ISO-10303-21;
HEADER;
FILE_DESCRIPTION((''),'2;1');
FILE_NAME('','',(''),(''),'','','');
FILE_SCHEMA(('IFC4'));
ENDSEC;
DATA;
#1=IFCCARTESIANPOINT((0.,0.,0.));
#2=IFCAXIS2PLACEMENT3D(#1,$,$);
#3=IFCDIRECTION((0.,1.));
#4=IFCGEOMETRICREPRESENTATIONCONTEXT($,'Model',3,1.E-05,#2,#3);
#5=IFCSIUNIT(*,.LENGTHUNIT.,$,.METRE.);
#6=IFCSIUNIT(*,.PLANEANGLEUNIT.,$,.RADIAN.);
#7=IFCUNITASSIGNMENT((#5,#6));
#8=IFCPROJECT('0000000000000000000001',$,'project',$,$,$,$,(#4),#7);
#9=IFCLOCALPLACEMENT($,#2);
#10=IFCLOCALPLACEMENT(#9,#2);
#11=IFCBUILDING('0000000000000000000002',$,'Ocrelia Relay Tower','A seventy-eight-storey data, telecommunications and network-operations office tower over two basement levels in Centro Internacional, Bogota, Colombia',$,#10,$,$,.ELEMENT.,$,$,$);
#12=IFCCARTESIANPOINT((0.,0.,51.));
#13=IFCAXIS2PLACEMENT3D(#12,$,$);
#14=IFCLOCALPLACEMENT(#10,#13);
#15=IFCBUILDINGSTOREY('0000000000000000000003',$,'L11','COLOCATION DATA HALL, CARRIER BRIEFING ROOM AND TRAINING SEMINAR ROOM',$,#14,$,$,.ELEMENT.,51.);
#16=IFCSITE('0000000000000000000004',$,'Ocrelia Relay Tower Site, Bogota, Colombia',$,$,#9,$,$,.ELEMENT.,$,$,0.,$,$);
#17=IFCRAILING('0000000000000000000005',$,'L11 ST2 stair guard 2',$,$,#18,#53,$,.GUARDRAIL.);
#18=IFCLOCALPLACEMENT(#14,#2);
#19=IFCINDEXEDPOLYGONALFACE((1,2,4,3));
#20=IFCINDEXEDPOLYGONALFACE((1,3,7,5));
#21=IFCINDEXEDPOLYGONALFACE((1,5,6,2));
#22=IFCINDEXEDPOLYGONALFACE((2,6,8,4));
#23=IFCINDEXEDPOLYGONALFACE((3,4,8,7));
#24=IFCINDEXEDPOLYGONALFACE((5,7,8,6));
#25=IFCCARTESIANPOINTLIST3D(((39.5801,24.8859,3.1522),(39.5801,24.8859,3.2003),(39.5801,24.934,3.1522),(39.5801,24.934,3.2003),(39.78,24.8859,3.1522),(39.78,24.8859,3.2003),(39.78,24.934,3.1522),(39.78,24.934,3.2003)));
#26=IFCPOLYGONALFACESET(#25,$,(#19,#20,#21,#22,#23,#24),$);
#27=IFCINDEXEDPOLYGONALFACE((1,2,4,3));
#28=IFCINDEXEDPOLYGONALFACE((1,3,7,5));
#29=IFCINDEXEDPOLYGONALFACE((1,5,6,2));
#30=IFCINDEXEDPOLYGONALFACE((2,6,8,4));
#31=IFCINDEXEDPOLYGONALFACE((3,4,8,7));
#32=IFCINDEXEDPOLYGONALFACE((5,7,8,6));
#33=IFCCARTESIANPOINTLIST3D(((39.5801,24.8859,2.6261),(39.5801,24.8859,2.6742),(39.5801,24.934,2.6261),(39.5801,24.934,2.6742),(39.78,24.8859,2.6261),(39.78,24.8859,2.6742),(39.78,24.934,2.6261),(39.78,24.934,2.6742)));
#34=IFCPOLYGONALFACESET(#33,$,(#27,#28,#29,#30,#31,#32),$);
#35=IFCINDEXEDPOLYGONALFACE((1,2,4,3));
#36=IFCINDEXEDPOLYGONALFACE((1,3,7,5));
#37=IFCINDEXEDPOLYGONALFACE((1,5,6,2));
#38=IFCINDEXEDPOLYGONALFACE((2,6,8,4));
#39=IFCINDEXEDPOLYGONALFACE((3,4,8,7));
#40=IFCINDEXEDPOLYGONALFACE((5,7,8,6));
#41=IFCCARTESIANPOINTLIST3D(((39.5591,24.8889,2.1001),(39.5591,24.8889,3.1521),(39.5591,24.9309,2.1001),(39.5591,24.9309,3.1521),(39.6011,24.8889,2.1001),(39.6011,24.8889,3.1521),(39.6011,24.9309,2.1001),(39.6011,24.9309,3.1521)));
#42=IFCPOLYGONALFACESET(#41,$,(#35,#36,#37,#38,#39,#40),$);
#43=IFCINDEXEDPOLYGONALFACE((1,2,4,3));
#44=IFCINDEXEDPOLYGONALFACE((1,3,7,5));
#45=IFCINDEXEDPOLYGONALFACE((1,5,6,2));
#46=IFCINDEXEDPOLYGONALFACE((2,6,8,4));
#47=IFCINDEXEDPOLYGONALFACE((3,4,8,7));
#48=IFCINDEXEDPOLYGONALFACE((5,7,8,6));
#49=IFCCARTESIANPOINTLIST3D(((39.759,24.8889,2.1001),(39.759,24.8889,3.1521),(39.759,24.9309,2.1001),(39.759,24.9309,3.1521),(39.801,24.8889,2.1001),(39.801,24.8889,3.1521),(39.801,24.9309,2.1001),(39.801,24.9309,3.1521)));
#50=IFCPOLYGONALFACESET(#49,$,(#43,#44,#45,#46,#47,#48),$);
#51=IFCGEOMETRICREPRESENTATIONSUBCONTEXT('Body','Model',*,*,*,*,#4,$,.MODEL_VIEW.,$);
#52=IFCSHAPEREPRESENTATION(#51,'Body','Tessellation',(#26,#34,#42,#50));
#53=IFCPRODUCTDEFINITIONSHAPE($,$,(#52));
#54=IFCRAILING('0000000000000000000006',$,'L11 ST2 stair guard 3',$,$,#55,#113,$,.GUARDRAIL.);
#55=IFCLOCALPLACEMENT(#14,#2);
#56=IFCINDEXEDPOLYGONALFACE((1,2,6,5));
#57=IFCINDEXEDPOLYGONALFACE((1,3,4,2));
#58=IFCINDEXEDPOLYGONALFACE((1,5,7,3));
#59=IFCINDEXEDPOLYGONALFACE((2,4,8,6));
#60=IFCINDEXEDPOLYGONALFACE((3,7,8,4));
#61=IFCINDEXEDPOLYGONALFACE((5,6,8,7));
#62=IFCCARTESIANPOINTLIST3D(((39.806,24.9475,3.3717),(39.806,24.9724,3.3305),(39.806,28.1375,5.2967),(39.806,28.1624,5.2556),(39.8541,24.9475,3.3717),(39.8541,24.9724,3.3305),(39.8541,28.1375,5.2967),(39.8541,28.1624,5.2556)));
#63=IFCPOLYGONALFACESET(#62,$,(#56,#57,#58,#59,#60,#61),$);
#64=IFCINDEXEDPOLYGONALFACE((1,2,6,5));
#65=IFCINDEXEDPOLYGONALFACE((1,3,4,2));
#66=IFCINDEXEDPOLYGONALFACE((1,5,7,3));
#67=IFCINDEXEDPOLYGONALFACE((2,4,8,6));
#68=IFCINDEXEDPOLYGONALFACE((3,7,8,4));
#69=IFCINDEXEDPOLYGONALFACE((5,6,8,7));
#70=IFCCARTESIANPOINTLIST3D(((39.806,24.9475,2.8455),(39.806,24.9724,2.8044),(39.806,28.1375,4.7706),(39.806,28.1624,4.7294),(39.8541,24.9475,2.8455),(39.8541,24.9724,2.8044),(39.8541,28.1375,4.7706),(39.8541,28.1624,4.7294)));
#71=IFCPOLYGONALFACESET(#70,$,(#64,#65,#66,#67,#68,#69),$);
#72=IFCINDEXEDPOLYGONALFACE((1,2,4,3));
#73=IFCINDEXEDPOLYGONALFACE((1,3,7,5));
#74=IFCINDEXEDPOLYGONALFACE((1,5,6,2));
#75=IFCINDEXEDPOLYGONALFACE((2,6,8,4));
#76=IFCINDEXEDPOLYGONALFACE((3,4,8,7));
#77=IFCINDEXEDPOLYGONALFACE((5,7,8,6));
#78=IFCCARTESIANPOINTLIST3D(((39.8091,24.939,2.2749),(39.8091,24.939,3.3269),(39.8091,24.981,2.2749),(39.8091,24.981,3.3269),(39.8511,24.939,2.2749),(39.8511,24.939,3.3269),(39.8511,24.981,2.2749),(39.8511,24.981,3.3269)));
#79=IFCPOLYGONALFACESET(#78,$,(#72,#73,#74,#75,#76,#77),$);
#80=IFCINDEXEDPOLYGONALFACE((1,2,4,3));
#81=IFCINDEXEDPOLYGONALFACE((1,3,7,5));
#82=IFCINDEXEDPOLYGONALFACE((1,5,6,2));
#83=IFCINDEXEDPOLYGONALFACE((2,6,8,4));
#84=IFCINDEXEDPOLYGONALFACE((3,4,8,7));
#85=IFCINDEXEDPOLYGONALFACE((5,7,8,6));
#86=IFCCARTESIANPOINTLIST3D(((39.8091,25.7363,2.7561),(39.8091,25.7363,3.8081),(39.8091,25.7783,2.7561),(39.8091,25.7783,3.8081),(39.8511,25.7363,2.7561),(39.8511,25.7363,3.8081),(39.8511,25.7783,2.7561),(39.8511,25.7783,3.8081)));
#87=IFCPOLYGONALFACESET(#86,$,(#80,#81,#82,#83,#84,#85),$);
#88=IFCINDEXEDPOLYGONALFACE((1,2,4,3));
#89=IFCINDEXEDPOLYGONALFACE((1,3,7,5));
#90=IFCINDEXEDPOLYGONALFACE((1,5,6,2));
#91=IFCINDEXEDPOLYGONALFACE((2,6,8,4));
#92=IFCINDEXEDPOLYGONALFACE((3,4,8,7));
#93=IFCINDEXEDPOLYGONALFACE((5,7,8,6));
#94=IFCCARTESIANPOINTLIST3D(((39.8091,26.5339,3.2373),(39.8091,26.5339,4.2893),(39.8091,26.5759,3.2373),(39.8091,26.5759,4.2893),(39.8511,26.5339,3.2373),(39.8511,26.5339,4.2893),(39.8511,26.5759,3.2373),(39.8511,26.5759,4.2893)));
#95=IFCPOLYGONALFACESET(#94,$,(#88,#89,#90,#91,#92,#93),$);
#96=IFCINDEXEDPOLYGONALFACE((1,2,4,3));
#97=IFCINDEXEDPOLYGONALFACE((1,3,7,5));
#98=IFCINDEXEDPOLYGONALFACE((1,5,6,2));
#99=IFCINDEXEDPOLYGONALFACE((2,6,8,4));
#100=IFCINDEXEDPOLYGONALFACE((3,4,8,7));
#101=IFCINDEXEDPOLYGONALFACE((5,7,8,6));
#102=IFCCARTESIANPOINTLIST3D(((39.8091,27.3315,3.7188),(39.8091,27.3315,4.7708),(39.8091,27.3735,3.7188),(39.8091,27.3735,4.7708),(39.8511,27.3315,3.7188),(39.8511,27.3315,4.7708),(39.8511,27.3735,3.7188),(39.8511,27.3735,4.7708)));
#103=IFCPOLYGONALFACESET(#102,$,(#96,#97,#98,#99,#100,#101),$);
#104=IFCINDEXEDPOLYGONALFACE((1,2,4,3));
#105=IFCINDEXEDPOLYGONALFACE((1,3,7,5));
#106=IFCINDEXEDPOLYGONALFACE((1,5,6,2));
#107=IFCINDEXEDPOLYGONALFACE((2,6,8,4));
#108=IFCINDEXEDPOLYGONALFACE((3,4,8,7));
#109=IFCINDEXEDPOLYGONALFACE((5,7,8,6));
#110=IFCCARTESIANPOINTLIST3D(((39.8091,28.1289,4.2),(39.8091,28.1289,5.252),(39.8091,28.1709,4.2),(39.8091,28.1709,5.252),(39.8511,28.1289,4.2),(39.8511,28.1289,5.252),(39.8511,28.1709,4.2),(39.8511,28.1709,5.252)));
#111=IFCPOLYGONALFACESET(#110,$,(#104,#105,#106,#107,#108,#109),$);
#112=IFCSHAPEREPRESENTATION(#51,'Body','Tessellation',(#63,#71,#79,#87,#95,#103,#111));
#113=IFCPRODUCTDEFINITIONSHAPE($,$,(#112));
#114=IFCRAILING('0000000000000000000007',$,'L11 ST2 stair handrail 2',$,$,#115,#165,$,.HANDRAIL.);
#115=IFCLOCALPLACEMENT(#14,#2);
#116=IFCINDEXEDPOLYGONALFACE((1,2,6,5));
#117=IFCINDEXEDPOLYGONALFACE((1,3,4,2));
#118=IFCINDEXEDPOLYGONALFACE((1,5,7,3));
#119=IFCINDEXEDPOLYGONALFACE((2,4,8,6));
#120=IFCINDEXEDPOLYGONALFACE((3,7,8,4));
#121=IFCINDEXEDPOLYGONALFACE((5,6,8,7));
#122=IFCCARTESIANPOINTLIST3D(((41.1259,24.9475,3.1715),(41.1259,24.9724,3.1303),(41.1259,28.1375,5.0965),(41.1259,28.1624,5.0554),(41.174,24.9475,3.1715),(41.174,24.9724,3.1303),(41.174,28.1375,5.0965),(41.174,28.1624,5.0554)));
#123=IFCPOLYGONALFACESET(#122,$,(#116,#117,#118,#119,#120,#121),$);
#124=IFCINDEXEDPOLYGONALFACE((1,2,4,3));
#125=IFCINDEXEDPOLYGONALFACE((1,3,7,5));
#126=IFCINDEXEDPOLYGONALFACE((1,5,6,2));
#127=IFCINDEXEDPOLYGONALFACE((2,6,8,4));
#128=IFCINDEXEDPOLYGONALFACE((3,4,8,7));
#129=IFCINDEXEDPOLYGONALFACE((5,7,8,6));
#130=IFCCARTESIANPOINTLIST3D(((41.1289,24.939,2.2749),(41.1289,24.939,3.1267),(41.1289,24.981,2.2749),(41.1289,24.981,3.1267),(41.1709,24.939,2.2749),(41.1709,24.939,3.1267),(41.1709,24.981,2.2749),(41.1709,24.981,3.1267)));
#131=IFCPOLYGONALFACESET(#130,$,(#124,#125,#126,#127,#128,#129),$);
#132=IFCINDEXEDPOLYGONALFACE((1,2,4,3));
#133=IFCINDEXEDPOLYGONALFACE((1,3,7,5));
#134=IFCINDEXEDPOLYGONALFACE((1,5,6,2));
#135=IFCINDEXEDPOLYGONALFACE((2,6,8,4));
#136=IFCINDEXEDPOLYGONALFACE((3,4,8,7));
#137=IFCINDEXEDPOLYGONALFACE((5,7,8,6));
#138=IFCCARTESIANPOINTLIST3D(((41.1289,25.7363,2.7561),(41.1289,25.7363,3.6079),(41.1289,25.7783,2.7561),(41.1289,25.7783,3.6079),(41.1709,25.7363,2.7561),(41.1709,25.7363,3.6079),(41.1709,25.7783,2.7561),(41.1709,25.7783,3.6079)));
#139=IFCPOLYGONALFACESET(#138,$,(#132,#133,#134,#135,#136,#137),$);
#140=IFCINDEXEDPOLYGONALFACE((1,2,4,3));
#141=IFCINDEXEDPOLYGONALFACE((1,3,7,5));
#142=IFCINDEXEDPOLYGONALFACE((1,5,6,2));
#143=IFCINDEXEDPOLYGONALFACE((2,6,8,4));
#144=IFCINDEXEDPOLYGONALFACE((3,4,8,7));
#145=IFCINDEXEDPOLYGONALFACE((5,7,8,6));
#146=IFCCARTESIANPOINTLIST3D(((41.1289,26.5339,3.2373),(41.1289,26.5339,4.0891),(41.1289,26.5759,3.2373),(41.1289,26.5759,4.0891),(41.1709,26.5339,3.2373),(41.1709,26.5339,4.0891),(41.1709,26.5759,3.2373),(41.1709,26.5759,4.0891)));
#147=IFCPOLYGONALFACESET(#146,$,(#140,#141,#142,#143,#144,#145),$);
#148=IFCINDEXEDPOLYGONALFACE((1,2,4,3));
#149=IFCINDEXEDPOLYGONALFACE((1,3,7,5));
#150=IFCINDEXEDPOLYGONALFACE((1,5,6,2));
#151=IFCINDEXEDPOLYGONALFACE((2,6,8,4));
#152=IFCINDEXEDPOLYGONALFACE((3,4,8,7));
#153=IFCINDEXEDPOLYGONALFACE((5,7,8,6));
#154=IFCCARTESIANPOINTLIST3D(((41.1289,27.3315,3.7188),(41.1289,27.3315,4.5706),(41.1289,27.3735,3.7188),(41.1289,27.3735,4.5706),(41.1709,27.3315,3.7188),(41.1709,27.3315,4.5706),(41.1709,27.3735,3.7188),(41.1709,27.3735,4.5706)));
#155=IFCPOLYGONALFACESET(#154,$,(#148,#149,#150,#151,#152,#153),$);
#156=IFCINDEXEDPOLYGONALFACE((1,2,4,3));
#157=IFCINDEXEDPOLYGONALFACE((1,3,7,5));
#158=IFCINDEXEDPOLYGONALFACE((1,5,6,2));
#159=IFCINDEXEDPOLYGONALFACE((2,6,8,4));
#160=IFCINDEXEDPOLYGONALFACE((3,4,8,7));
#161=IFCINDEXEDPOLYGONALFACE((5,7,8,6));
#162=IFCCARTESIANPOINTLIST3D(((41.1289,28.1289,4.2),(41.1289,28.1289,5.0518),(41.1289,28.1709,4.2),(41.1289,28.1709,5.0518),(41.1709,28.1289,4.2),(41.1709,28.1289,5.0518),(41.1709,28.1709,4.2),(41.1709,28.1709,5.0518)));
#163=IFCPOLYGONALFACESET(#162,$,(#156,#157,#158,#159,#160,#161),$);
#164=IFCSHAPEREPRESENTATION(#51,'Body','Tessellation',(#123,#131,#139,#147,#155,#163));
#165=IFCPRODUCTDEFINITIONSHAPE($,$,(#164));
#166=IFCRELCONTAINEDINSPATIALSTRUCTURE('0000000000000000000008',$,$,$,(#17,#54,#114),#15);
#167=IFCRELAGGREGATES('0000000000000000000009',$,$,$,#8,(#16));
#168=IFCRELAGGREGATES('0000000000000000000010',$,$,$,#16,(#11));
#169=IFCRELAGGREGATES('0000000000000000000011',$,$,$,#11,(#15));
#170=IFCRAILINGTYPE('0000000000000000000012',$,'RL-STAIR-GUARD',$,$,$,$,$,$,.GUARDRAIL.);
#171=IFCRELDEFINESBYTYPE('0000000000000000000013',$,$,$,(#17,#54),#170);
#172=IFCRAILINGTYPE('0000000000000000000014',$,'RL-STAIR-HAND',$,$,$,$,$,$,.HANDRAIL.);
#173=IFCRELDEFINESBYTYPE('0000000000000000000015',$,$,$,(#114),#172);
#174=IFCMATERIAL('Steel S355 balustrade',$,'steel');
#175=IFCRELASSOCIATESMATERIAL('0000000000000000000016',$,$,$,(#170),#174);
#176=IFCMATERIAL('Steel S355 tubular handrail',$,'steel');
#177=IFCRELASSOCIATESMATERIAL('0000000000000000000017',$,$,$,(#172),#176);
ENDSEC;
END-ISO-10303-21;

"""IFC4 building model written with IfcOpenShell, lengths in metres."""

from ifc_helpers import new_model, si_unit, direction, frame, origin, origin_2d, place, context, subcontext, project, spatial, rectangle, extrude, material, type_object, element, save


model = new_model("IFC4")

# Units and contexts
model_context = context("Model", 3, precision=1e-05, world=origin(), true_north=direction((0.0, 1.0)))
body_context = subcontext(model_context, "Body", "Model", "MODEL_VIEW")
ifc_project = project(units=[si_unit("LENGTHUNIT", "METRE"), si_unit("PLANEANGLEUNIT", "RADIAN")], contexts=[model_context])

# Site, building, storey
site_placement = place(None, origin())
site = spatial("IfcSite", under=ifc_project, at=site_placement, Name="Ocrelia Relay Tower Site, Bogota, Colombia", CompositionType="ELEMENT", RefElevation=0.0)
building_placement = place(site_placement, origin())
building = spatial("IfcBuilding", under=site, at=building_placement, Name="Ocrelia Relay Tower", Description="A seventy-eight-storey data, telecommunications and network-operations office tower over two basement levels in Centro Internacional, Bogota, Colombia", CompositionType="ELEMENT")
storey_placement = place(building_placement, frame((0.0, 0.0, 51.0)))
storey = spatial("IfcBuildingStorey", under=building, at=storey_placement, Name="L11", Description="COLOCATION DATA HALL, CARRIER BRIEFING ROOM AND TRAINING SEMINAR ROOM", CompositionType="ELEMENT", Elevation=51.0)

# Railings
ifc_material_1 = material(Name="Steel S355 balustrade", Category="steel")
railing_type_1 = type_object("IfcRailingType", Name="RL-STAIR-GUARD", PredefinedType="GUARDRAIL", material=ifc_material_1)
railing_1_placement = place(storey_placement, frame((39.5801, 24.9099, 2.1001)))
element("IfcRailing", 1, at=railing_1_placement, inside=storey, type_object=railing_type_1, Name="L11 ST2 stair guard 2", PredefinedType="GUARDRAIL", context=body_context, shape_type="SweptSolid", body=[
    extrude(rectangle(XDim=0.0481, YDim=0.0481, at=origin_2d()), frame((0.0, 0.0, 1.0762), z_axis=(1.0, 0.0, 0.0), x_axis=(0.0, 1.0, 0.0)), (0.0, 0.0, 1.0), 0.2),
    extrude(rectangle(XDim=0.0481, YDim=0.0481, at=origin_2d()), frame((0.0, 0.0, 0.55), z_axis=(1.0, 0.0, 0.0), x_axis=(0.0, 1.0, 0.0)), (0.0, 0.0, 1.0), 0.2),
    extrude(rectangle(XDim=0.042, YDim=0.042, at=origin_2d()), origin(), (0.0, 0.0, 1.0), 1.052),
    extrude(rectangle(XDim=0.042, YDim=0.042, at=origin_2d()), frame((0.2, 0.0, 0.0)), (0.0, 0.0, 1.0), 1.052),
])
railing_2_placement = place(storey_placement, frame((39.8301, 24.96, 2.2749)))
element("IfcRailing", 2, at=railing_2_placement, inside=storey, type_object=railing_type_1, Name="L11 ST2 stair guard 3", PredefinedType="GUARDRAIL", context=body_context, shape_type="SweptSolid", body=[
    extrude(rectangle(XDim=0.0481, YDim=0.0481, at=origin_2d()), frame((0.0, 0.0, 1.0762), z_axis=(0.0, 0.856178, 0.516682), x_axis=(-1.0, 0.0, 0.0)), (0.0, 0.0, 1.0), 3.7258),
    extrude(rectangle(XDim=0.0481, YDim=0.0481, at=origin_2d()), frame((0.0, 0.0, 0.55), z_axis=(0.0, 0.856178, 0.516682), x_axis=(-1.0, 0.0, 0.0)), (0.0, 0.0, 1.0), 3.7258),
    extrude(rectangle(XDim=0.042, YDim=0.042, at=origin_2d()), origin(), (0.0, 0.0, 1.0), 1.052),
    extrude(rectangle(XDim=0.042, YDim=0.042, at=origin_2d()), frame((0.0, 0.7974, 0.4812)), (0.0, 0.0, 1.0), 1.052),
    extrude(rectangle(XDim=0.042, YDim=0.042, at=origin_2d()), frame((0.0, 1.595, 0.9624)), (0.0, 0.0, 1.0), 1.052),
    extrude(rectangle(XDim=0.042, YDim=0.042, at=origin_2d()), frame((0.0, 2.3926, 1.4438)), (0.0, 0.0, 1.0), 1.052),
    extrude(rectangle(XDim=0.042, YDim=0.042, at=origin_2d()), frame((0.0, 3.1899, 1.925)), (0.0, 0.0, 1.0), 1.052),
])
ifc_material_2 = material(Name="Steel S355 tubular handrail", Category="steel")
railing_type_2 = type_object("IfcRailingType", Name="RL-STAIR-HAND", PredefinedType="HANDRAIL", material=ifc_material_2)
railing_3_placement = place(storey_placement, frame((41.1499, 24.96, 2.2749)))
element("IfcRailing", 3, at=railing_3_placement, inside=storey, type_object=railing_type_2, Name="L11 ST2 stair handrail 2", PredefinedType="HANDRAIL", context=body_context, shape_type="SweptSolid", body=[
    extrude(rectangle(XDim=0.0481, YDim=0.0481, at=origin_2d()), frame((0.0, 0.0, 0.876), z_axis=(0.0, 0.856178, 0.516682), x_axis=(-1.0, 0.0, 0.0)), (0.0, 0.0, 1.0), 3.7258),
    extrude(rectangle(XDim=0.042, YDim=0.042, at=origin_2d()), origin(), (0.0, 0.0, 1.0), 0.8518),
    extrude(rectangle(XDim=0.042, YDim=0.042, at=origin_2d()), frame((0.0, 0.7974, 0.4812)), (0.0, 0.0, 1.0), 0.8518),
    extrude(rectangle(XDim=0.042, YDim=0.042, at=origin_2d()), frame((0.0, 1.595, 0.9624)), (0.0, 0.0, 1.0), 0.8518),
    extrude(rectangle(XDim=0.042, YDim=0.042, at=origin_2d()), frame((0.0, 2.3926, 1.4438)), (0.0, 0.0, 1.0), 0.8518),
    extrude(rectangle(XDim=0.042, YDim=0.042, at=origin_2d()), frame((0.0, 3.1899, 1.925)), (0.0, 0.0, 1.0), 0.8518),
])

save(model, "model.ifc")
